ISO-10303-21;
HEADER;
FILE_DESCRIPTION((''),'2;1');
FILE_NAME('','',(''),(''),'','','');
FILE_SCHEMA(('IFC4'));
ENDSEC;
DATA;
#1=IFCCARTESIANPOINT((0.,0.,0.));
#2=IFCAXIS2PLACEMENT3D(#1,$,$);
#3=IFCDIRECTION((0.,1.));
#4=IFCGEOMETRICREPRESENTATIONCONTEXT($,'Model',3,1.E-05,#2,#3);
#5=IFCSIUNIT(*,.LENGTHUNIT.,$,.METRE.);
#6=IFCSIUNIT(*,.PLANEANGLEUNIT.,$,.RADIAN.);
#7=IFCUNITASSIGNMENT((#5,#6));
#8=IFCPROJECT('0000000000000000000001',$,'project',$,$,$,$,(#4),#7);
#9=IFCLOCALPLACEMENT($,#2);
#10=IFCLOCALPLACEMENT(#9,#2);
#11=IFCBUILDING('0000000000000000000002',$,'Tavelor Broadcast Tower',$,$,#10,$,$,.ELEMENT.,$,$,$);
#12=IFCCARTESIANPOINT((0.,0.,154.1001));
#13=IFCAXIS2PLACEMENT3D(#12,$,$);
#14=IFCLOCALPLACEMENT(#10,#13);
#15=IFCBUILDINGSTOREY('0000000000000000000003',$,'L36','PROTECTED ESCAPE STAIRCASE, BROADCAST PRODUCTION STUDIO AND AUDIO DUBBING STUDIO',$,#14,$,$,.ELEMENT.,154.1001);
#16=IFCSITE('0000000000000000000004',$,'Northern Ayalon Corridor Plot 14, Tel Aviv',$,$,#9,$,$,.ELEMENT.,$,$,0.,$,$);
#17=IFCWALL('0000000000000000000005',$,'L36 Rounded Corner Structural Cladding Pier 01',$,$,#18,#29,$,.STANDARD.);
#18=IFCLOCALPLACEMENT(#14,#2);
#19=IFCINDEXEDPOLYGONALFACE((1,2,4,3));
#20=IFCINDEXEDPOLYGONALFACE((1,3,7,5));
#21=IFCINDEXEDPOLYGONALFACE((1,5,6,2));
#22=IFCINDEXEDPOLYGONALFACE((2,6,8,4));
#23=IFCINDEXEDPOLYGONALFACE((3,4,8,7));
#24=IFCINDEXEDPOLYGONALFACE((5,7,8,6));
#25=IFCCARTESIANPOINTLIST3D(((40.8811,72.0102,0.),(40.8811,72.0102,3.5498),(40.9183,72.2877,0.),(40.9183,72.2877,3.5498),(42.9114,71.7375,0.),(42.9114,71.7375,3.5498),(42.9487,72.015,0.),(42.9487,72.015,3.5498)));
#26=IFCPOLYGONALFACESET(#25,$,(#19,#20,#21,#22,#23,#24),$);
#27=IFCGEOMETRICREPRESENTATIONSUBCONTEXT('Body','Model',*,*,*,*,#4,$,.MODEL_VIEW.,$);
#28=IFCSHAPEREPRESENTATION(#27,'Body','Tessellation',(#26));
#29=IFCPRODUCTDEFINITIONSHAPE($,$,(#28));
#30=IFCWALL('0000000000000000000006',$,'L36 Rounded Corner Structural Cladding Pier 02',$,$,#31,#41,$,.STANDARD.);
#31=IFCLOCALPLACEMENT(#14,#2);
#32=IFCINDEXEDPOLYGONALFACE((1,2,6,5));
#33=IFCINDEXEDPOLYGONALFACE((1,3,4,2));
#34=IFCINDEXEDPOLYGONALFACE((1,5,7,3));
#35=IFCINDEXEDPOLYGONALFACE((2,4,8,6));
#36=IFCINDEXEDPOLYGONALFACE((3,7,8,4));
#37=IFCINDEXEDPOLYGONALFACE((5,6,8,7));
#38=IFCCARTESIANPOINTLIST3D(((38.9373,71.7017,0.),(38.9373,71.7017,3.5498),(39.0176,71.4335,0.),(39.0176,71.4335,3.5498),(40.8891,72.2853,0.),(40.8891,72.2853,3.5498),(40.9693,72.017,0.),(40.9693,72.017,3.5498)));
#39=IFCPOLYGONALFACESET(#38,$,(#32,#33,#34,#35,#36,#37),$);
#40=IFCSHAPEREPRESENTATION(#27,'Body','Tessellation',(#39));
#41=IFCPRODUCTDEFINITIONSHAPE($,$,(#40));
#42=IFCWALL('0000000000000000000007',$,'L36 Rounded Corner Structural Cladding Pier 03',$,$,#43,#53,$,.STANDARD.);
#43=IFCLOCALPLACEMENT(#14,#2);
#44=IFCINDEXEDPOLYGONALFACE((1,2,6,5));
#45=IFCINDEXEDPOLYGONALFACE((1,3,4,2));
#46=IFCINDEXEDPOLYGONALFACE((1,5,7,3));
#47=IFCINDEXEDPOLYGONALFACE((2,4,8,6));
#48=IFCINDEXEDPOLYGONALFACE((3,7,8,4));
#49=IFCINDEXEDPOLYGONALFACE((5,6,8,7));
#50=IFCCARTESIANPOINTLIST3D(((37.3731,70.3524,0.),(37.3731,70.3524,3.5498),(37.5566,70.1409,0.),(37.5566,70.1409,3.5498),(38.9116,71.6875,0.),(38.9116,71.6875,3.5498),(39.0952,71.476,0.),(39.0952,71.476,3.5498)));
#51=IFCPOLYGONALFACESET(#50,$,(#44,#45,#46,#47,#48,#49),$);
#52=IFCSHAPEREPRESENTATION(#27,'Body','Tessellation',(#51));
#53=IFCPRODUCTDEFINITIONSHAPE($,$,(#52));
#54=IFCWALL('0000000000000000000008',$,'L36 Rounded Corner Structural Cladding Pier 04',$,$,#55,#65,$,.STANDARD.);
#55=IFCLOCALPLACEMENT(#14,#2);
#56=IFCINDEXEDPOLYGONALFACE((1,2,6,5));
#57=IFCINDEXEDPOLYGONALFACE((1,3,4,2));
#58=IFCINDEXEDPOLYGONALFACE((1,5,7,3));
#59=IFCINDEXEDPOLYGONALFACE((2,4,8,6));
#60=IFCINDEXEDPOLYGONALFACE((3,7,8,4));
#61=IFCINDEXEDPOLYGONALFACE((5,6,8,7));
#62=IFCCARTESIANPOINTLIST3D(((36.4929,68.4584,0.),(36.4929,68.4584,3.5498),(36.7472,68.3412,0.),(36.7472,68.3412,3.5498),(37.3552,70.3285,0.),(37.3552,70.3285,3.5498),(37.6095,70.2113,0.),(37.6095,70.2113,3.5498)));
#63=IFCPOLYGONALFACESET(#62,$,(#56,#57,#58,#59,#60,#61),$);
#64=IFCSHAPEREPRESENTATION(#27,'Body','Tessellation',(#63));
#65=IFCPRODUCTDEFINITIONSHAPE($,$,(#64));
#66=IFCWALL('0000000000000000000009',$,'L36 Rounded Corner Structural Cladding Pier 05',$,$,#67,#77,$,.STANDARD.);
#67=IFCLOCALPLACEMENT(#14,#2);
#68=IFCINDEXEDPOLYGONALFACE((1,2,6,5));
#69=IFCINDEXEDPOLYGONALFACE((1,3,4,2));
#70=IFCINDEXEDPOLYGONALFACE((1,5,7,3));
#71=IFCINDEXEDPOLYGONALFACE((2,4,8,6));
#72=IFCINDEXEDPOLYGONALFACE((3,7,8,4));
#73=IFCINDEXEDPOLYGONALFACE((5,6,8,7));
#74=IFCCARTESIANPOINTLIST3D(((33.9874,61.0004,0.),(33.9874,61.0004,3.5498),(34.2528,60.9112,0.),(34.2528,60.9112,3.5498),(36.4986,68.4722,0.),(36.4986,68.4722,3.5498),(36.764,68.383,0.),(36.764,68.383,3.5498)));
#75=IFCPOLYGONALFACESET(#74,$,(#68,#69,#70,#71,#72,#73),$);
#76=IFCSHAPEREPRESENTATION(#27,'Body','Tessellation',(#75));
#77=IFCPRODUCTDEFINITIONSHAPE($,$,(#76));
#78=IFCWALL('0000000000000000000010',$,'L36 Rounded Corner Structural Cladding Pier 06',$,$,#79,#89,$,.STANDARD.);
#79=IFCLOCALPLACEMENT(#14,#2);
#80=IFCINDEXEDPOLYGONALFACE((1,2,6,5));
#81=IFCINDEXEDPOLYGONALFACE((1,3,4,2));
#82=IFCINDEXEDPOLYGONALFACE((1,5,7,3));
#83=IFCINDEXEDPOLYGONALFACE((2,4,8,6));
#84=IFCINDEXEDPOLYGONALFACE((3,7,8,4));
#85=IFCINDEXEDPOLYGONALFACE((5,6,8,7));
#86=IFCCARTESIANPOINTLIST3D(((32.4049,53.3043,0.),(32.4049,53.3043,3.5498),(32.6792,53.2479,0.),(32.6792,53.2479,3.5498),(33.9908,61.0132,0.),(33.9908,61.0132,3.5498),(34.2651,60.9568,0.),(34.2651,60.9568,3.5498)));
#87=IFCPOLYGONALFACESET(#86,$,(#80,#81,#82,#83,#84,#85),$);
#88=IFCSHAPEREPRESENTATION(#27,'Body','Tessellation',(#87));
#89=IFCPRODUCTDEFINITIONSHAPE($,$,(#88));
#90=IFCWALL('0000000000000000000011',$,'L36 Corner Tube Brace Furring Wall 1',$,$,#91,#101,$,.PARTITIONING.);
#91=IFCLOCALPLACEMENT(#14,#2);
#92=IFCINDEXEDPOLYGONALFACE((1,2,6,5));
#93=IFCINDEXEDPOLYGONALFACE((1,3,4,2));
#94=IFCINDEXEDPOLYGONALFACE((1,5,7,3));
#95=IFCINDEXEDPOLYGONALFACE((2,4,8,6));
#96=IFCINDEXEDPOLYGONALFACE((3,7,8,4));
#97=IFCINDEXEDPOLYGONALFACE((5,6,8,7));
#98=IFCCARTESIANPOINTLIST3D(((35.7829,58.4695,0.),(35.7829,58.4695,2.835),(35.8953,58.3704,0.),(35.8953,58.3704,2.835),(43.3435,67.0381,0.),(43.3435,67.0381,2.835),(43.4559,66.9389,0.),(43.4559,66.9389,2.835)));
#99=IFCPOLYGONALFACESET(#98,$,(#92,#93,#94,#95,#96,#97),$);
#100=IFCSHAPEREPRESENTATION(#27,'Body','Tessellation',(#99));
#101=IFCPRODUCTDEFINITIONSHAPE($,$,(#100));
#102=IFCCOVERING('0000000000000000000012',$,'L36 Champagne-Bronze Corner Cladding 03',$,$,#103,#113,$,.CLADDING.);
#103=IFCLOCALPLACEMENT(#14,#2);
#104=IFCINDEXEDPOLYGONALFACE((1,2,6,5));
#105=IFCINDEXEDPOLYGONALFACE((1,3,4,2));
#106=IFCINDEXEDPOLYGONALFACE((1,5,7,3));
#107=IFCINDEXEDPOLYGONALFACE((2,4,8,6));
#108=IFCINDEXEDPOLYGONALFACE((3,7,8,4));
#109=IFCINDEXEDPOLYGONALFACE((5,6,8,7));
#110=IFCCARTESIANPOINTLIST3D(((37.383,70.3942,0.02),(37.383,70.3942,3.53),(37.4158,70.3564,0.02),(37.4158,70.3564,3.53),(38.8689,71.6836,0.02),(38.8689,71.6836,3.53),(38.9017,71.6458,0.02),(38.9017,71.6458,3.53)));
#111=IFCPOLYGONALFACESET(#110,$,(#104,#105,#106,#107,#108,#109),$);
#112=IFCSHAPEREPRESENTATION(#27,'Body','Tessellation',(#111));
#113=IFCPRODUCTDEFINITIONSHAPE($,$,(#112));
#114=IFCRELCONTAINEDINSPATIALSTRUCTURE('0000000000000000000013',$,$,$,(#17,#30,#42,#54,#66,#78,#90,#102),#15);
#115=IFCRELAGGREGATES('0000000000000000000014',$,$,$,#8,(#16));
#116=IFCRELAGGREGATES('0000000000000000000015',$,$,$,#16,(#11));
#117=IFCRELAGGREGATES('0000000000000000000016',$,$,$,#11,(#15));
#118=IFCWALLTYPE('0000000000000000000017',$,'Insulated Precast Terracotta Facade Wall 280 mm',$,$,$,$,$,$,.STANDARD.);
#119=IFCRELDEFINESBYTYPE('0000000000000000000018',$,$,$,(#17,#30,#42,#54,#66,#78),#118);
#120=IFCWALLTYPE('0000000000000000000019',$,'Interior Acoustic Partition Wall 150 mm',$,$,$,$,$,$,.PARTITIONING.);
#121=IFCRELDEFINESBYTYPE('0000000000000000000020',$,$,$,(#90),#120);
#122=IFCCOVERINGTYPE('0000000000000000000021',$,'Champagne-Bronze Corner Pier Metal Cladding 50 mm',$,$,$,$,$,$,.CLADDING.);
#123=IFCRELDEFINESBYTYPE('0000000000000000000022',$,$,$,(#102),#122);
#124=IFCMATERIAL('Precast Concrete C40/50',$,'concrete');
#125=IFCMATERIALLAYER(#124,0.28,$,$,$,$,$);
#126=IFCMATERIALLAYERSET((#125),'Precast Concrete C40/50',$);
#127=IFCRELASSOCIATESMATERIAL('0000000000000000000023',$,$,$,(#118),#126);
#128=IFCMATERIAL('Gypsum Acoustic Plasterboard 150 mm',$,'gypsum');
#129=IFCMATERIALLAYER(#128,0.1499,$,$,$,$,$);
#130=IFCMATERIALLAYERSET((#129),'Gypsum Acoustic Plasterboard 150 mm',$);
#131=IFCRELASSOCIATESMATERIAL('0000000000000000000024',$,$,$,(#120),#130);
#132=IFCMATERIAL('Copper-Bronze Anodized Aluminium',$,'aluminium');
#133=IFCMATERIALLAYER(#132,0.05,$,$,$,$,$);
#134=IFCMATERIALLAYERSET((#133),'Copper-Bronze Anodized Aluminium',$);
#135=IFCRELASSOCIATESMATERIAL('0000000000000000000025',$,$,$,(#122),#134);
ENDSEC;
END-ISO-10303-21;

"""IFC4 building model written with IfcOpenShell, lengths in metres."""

from ifc_helpers import new_model, si_unit, direction, frame, frame_2d, origin, origin_2d, place, context, subcontext, project, spatial, rectangle, extrude, material, layer, layer_set, type_object, element, save


model = new_model("IFC4")

# Units and contexts
model_context = context("Model", 3, precision=1e-05, world=origin(), true_north=direction((0.0, 1.0)))
body_context = subcontext(model_context, "Body", "Model", "MODEL_VIEW")
ifc_project = project(units=[si_unit("LENGTHUNIT", "METRE"), si_unit("PLANEANGLEUNIT", "RADIAN")], contexts=[model_context])

# Site, building, storey
site_placement = place(None, origin())
site = spatial("IfcSite", under=ifc_project, at=site_placement, Name="Northern Ayalon Corridor Plot 14, Tel Aviv", CompositionType="ELEMENT", RefElevation=0.0)
building_placement = place(site_placement, origin())
building = spatial("IfcBuilding", under=site, at=building_placement, Name="Tavelor Broadcast Tower", CompositionType="ELEMENT")
storey_placement = place(building_placement, frame((0.0, 0.0, 154.1001)))
storey = spatial("IfcBuildingStorey", under=building, at=storey_placement, Name="L36", Description="PROTECTED ESCAPE STAIRCASE, BROADCAST PRODUCTION STUDIO AND AUDIO DUBBING STUDIO", CompositionType="ELEMENT", Elevation=154.1001)

# Walls
ifc_material_1 = material(Name="Precast Concrete C40/50", Category="concrete")
ifc_layer_1 = layer(ifc_material_1, 0.28)
ifc_layer_set_1 = layer_set([ifc_layer_1], Name="Precast Concrete C40/50")
wall_type_1 = type_object("IfcWallType", Name="Insulated Precast Terracotta Facade Wall 280 mm", PredefinedType="STANDARD", material=ifc_layer_set_1)
wall_1_placement = place(storey_placement, frame((42.9302, 71.8762, 0.0), z_axis=(0.0, 0.0, 1.0), x_axis=(-0.991099, 0.133124, 0.0)))
element("IfcWall", 1, at=wall_1_placement, inside=storey, type_object=wall_type_1, Name="L36 Rounded Corner Structural Cladding Pier 01", PredefinedType="STANDARD", context=body_context, shape_type="SweptSolid", body=[
    extrude(rectangle(XDim=2.0486, YDim=0.28, at=frame_2d((1.0244, 0.0))), origin(), (0.0, 0.0, 1.0), 3.5498),
])
for number, where, z_axis, x_axis, name in (
    (2, (40.9292, 72.1511, 0.0), (0.0, 0.0, 1.0), (-0.958096, -0.286446, 0.0), "L36 Rounded Corner Structural Cladding Pier 02"),
    (3, (39.0034, 71.5818, 0.0), (0.0, 0.0, 1.0), (-0.755258, -0.655428, 0.0), "L36 Rounded Corner Structural Cladding Pier 03"),
):
    element("IfcWall", number, at=place(storey_placement, frame(where, z_axis=z_axis, x_axis=x_axis)), inside=storey, type_object=wall_type_1, Name=name, PredefinedType="STANDARD", context=body_context, shape_type="SweptSolid", body=[
        extrude(rectangle(XDim=2.0371, YDim=0.28, at=frame_2d((1.0186, 0.0))), origin(), (0.0, 0.0, 1.0), 3.5498),
    ])
wall_2_placement = place(storey_placement, frame((37.4824, 70.27, 0.0), z_axis=(0.0, 0.0, 1.0), x_axis=(-0.418727, -0.908112, 0.0)))
element("IfcWall", 4, at=wall_2_placement, inside=storey, type_object=wall_type_1, Name="L36 Rounded Corner Structural Cladding Pier 04", PredefinedType="STANDARD", context=body_context, shape_type="SweptSolid", body=[
    extrude(rectangle(XDim=2.0593, YDim=0.28, at=frame_2d((1.0298, 0.0))), origin(), (0.0, 0.0, 1.0), 3.5498),
])
wall_3_placement = place(storey_placement, frame((36.6313, 68.4277, 0.0), z_axis=(0.0, 0.0, 1.0), x_axis=(-0.318578, -0.947897, 0.0)))
element("IfcWall", 5, at=wall_3_placement, inside=storey, type_object=wall_type_1, Name="L36 Rounded Corner Structural Cladding Pier 05", PredefinedType="STANDARD", context=body_context, shape_type="SweptSolid", body=[
    extrude(rectangle(XDim=7.8826, YDim=0.28, at=frame_2d((3.9414, 0.0))), origin(), (0.0, 0.0, 1.0), 3.5498),
])
wall_4_placement = place(storey_placement, frame((34.1279, 60.9849, 0.0), z_axis=(0.0, 0.0, 1.0), x_axis=(-0.201506, -0.979487, 0.0)))
element("IfcWall", 6, at=wall_4_placement, inside=storey, type_object=wall_type_1, Name="L36 Rounded Corner Structural Cladding Pier 06", PredefinedType="STANDARD", context=body_context, shape_type="SweptSolid", body=[
    extrude(rectangle(XDim=7.8704, YDim=0.28, at=frame_2d((3.9351, 0.0))), origin(), (0.0, 0.0, 1.0), 3.5498),
])
ifc_material_2 = material(Name="Gypsum Acoustic Plasterboard 150 mm", Category="gypsum")
ifc_layer_2 = layer(ifc_material_2, 0.1499)
ifc_layer_set_2 = layer_set([ifc_layer_2], Name="Gypsum Acoustic Plasterboard 150 mm")
wall_type_2 = type_object("IfcWallType", Name="Interior Acoustic Partition Wall 150 mm", PredefinedType="PARTITIONING", material=ifc_layer_set_2)
wall_5_placement = place(storey_placement, frame((43.3997, 66.9885, 0.0), z_axis=(0.0, 0.0, 1.0), x_axis=(-0.661622, -0.749837, 0.0)))
element("IfcWall", 7, at=wall_5_placement, inside=storey, type_object=wall_type_2, Name="L36 Corner Tube Brace Furring Wall 1", PredefinedType="PARTITIONING", context=body_context, shape_type="SweptSolid", body=[
    extrude(rectangle(XDim=11.4272, YDim=0.1499, at=frame_2d((5.7136, 0.0))), origin(), (0.0, 0.0, 1.0), 2.835),
])

# Covering
ifc_material_3 = material(Name="Copper-Bronze Anodized Aluminium", Category="aluminium")
ifc_layer_3 = layer(ifc_material_3, 0.05)
ifc_layer_set_3 = layer_set([ifc_layer_3], Name="Copper-Bronze Anodized Aluminium")
covering_type = type_object("IfcCoveringType", Name="Champagne-Bronze Corner Pier Metal Cladding 50 mm", PredefinedType="CLADDING", material=ifc_layer_set_3)
covering_placement = place(storey_placement, frame((38.1423, 71.02, 0.02), z_axis=(0.0, 0.0, 1.0), x_axis=(-0.755282, -0.6554, 0.0)))
element("IfcCovering", 8, at=covering_placement, inside=storey, type_object=covering_type, Name="L36 Champagne-Bronze Corner Cladding 03", PredefinedType="CLADDING", context=body_context, shape_type="SweptSolid", body=[
    extrude(rectangle(XDim=1.9673, YDim=0.05, at=origin_2d()), origin(), (0.0, 0.0, 1.0), 3.51),
])

save(model, "model.ifc")
